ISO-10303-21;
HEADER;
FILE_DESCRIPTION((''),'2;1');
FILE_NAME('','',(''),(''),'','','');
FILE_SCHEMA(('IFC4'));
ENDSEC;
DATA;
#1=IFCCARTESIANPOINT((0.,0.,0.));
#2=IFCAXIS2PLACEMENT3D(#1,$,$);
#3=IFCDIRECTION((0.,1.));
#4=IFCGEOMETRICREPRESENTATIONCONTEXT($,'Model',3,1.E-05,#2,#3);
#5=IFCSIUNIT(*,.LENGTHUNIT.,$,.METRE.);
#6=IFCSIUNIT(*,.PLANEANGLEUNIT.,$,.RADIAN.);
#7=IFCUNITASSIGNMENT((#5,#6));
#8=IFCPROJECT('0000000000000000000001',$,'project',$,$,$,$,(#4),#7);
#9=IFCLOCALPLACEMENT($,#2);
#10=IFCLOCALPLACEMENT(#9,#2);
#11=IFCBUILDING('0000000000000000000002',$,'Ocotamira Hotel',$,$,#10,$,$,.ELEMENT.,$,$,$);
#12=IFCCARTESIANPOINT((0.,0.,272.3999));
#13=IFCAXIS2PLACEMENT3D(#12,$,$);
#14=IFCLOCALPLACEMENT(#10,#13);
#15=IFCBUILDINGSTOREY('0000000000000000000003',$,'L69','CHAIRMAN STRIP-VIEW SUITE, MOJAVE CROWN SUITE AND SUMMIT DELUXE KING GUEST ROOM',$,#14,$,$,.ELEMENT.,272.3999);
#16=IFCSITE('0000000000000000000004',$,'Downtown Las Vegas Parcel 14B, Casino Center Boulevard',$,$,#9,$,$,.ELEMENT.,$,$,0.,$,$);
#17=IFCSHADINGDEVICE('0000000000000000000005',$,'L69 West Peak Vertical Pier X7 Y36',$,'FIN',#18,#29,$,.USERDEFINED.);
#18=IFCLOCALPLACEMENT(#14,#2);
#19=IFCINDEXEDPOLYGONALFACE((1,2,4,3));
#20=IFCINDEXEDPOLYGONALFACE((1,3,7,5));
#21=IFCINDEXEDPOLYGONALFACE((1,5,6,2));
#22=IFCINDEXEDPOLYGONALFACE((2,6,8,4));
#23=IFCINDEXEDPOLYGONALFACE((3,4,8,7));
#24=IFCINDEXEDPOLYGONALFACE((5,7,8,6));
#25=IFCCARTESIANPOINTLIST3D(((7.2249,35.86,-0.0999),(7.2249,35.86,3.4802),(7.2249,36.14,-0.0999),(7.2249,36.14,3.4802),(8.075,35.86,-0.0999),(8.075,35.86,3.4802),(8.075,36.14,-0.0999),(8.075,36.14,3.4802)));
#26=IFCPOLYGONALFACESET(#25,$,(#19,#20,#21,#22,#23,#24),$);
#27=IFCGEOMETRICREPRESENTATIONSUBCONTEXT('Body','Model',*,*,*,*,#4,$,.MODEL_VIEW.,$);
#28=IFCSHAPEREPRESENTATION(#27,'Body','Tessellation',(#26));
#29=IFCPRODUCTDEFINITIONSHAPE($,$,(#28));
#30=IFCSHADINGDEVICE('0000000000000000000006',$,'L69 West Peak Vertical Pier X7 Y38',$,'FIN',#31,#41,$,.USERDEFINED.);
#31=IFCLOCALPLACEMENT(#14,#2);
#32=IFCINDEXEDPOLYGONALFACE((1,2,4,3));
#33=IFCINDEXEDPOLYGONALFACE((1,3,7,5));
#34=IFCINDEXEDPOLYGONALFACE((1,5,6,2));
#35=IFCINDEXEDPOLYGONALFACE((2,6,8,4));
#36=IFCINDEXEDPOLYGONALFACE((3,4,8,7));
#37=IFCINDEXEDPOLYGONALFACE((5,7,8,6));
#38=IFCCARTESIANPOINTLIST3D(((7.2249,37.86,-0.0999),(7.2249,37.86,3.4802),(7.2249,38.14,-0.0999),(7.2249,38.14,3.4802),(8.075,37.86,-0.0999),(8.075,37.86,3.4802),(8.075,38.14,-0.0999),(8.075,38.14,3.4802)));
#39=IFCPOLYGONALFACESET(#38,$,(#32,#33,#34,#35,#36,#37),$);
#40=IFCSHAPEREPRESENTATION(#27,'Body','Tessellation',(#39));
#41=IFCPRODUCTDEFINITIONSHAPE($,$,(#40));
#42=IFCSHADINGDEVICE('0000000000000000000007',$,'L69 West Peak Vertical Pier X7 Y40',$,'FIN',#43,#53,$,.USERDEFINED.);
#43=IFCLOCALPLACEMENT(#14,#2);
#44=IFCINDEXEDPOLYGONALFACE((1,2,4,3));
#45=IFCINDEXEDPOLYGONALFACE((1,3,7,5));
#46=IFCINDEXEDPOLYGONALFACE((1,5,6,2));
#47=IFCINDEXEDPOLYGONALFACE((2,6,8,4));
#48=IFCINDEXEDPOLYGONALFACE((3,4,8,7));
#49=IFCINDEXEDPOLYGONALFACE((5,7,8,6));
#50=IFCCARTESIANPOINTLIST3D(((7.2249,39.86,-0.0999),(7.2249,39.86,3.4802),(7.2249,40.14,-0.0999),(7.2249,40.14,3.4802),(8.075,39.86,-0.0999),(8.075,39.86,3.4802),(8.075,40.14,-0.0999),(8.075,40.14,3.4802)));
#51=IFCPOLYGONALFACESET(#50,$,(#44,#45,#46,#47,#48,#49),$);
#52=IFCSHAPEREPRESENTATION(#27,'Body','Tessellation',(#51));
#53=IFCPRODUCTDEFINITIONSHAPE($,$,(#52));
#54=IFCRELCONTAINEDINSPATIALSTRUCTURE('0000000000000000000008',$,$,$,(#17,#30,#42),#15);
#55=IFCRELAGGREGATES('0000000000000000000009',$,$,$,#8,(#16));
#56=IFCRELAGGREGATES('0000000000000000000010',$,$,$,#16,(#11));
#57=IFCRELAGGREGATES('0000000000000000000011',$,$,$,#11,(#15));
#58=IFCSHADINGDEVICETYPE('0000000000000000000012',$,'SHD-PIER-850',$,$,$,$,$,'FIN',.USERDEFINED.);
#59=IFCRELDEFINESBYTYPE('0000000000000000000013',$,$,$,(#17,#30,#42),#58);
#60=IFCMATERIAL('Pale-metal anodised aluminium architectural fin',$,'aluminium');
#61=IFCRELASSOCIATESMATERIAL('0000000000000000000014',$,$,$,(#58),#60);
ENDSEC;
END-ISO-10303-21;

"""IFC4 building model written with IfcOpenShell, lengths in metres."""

from ifc_helpers import new_model, si_unit, direction, frame, origin, origin_2d, place, context, subcontext, project, spatial, rectangle, extrude, source, transform, mapped, material, type_object, element, save


model = new_model("IFC4")

# Units and contexts
model_context = context("Model", 3, precision=1e-05, world=origin(), true_north=direction((0.0, 1.0)))
body_context = subcontext(model_context, "Body", "Model", "MODEL_VIEW")
ifc_project = project(units=[si_unit("LENGTHUNIT", "METRE"), si_unit("PLANEANGLEUNIT", "RADIAN")], contexts=[model_context])

# Site, building, storey
site_placement = place(None, origin())
site = spatial("IfcSite", under=ifc_project, at=site_placement, Name="Downtown Las Vegas Parcel 14B, Casino Center Boulevard", CompositionType="ELEMENT", RefElevation=0.0)
building_placement = place(site_placement, origin())
building = spatial("IfcBuilding", under=site, at=building_placement, Name="Ocotamira Hotel", CompositionType="ELEMENT")
storey_placement = place(building_placement, frame((0.0, 0.0, 272.3999)))
storey = spatial("IfcBuildingStorey", under=building, at=storey_placement, Name="L69", Description="CHAIRMAN STRIP-VIEW SUITE, MOJAVE CROWN SUITE AND SUMMIT DELUXE KING GUEST ROOM", CompositionType="ELEMENT", Elevation=272.3999)

# Shading devices
ifc_material_1 = material(Name="Pale-metal anodised aluminium architectural fin", Category="aluminium")
shading_device_type = type_object("IfcShadingDeviceType", Name="SHD-PIER-850", ElementType="FIN", PredefinedType="USERDEFINED", material=ifc_material_1)
shared_shape_1 = source(origin(), body_context, "Body", "SweptSolid", [
    extrude(rectangle(XDim=0.8501, YDim=0.28, at=origin_2d()), origin(), (0.0, 0.0, 1.0), 3.5801),
])
for number, where, z_axis, x_axis, name in (
    (1, (7.6499, 36.0, -0.0999), (0.0, 0.0, 1.0), (1.0, 0.0, 0.0), "L69 West Peak Vertical Pier X7 Y36"),
    (2, (7.6499, 38.0, -0.0999), (0.0, 0.0, 1.0), (1.0, 0.0, 0.0), "L69 West Peak Vertical Pier X7 Y38"),
    (3, (7.6499, 40.0, -0.0999), (0.0, 0.0, 1.0), (1.0, 0.0, 0.0), "L69 West Peak Vertical Pier X7 Y40"),
):
    element("IfcShadingDevice", number, at=place(storey_placement, frame(where, z_axis=z_axis, x_axis=x_axis)), inside=storey, type_object=shading_device_type, Name=name, ObjectType="FIN", PredefinedType="USERDEFINED", context=body_context, shape_type="MappedRepresentation", body=[
        mapped(shared_shape_1, transform((0.0, 0.0, 0.0), scale=1.0)),
    ])

save(model, "model.ifc")
